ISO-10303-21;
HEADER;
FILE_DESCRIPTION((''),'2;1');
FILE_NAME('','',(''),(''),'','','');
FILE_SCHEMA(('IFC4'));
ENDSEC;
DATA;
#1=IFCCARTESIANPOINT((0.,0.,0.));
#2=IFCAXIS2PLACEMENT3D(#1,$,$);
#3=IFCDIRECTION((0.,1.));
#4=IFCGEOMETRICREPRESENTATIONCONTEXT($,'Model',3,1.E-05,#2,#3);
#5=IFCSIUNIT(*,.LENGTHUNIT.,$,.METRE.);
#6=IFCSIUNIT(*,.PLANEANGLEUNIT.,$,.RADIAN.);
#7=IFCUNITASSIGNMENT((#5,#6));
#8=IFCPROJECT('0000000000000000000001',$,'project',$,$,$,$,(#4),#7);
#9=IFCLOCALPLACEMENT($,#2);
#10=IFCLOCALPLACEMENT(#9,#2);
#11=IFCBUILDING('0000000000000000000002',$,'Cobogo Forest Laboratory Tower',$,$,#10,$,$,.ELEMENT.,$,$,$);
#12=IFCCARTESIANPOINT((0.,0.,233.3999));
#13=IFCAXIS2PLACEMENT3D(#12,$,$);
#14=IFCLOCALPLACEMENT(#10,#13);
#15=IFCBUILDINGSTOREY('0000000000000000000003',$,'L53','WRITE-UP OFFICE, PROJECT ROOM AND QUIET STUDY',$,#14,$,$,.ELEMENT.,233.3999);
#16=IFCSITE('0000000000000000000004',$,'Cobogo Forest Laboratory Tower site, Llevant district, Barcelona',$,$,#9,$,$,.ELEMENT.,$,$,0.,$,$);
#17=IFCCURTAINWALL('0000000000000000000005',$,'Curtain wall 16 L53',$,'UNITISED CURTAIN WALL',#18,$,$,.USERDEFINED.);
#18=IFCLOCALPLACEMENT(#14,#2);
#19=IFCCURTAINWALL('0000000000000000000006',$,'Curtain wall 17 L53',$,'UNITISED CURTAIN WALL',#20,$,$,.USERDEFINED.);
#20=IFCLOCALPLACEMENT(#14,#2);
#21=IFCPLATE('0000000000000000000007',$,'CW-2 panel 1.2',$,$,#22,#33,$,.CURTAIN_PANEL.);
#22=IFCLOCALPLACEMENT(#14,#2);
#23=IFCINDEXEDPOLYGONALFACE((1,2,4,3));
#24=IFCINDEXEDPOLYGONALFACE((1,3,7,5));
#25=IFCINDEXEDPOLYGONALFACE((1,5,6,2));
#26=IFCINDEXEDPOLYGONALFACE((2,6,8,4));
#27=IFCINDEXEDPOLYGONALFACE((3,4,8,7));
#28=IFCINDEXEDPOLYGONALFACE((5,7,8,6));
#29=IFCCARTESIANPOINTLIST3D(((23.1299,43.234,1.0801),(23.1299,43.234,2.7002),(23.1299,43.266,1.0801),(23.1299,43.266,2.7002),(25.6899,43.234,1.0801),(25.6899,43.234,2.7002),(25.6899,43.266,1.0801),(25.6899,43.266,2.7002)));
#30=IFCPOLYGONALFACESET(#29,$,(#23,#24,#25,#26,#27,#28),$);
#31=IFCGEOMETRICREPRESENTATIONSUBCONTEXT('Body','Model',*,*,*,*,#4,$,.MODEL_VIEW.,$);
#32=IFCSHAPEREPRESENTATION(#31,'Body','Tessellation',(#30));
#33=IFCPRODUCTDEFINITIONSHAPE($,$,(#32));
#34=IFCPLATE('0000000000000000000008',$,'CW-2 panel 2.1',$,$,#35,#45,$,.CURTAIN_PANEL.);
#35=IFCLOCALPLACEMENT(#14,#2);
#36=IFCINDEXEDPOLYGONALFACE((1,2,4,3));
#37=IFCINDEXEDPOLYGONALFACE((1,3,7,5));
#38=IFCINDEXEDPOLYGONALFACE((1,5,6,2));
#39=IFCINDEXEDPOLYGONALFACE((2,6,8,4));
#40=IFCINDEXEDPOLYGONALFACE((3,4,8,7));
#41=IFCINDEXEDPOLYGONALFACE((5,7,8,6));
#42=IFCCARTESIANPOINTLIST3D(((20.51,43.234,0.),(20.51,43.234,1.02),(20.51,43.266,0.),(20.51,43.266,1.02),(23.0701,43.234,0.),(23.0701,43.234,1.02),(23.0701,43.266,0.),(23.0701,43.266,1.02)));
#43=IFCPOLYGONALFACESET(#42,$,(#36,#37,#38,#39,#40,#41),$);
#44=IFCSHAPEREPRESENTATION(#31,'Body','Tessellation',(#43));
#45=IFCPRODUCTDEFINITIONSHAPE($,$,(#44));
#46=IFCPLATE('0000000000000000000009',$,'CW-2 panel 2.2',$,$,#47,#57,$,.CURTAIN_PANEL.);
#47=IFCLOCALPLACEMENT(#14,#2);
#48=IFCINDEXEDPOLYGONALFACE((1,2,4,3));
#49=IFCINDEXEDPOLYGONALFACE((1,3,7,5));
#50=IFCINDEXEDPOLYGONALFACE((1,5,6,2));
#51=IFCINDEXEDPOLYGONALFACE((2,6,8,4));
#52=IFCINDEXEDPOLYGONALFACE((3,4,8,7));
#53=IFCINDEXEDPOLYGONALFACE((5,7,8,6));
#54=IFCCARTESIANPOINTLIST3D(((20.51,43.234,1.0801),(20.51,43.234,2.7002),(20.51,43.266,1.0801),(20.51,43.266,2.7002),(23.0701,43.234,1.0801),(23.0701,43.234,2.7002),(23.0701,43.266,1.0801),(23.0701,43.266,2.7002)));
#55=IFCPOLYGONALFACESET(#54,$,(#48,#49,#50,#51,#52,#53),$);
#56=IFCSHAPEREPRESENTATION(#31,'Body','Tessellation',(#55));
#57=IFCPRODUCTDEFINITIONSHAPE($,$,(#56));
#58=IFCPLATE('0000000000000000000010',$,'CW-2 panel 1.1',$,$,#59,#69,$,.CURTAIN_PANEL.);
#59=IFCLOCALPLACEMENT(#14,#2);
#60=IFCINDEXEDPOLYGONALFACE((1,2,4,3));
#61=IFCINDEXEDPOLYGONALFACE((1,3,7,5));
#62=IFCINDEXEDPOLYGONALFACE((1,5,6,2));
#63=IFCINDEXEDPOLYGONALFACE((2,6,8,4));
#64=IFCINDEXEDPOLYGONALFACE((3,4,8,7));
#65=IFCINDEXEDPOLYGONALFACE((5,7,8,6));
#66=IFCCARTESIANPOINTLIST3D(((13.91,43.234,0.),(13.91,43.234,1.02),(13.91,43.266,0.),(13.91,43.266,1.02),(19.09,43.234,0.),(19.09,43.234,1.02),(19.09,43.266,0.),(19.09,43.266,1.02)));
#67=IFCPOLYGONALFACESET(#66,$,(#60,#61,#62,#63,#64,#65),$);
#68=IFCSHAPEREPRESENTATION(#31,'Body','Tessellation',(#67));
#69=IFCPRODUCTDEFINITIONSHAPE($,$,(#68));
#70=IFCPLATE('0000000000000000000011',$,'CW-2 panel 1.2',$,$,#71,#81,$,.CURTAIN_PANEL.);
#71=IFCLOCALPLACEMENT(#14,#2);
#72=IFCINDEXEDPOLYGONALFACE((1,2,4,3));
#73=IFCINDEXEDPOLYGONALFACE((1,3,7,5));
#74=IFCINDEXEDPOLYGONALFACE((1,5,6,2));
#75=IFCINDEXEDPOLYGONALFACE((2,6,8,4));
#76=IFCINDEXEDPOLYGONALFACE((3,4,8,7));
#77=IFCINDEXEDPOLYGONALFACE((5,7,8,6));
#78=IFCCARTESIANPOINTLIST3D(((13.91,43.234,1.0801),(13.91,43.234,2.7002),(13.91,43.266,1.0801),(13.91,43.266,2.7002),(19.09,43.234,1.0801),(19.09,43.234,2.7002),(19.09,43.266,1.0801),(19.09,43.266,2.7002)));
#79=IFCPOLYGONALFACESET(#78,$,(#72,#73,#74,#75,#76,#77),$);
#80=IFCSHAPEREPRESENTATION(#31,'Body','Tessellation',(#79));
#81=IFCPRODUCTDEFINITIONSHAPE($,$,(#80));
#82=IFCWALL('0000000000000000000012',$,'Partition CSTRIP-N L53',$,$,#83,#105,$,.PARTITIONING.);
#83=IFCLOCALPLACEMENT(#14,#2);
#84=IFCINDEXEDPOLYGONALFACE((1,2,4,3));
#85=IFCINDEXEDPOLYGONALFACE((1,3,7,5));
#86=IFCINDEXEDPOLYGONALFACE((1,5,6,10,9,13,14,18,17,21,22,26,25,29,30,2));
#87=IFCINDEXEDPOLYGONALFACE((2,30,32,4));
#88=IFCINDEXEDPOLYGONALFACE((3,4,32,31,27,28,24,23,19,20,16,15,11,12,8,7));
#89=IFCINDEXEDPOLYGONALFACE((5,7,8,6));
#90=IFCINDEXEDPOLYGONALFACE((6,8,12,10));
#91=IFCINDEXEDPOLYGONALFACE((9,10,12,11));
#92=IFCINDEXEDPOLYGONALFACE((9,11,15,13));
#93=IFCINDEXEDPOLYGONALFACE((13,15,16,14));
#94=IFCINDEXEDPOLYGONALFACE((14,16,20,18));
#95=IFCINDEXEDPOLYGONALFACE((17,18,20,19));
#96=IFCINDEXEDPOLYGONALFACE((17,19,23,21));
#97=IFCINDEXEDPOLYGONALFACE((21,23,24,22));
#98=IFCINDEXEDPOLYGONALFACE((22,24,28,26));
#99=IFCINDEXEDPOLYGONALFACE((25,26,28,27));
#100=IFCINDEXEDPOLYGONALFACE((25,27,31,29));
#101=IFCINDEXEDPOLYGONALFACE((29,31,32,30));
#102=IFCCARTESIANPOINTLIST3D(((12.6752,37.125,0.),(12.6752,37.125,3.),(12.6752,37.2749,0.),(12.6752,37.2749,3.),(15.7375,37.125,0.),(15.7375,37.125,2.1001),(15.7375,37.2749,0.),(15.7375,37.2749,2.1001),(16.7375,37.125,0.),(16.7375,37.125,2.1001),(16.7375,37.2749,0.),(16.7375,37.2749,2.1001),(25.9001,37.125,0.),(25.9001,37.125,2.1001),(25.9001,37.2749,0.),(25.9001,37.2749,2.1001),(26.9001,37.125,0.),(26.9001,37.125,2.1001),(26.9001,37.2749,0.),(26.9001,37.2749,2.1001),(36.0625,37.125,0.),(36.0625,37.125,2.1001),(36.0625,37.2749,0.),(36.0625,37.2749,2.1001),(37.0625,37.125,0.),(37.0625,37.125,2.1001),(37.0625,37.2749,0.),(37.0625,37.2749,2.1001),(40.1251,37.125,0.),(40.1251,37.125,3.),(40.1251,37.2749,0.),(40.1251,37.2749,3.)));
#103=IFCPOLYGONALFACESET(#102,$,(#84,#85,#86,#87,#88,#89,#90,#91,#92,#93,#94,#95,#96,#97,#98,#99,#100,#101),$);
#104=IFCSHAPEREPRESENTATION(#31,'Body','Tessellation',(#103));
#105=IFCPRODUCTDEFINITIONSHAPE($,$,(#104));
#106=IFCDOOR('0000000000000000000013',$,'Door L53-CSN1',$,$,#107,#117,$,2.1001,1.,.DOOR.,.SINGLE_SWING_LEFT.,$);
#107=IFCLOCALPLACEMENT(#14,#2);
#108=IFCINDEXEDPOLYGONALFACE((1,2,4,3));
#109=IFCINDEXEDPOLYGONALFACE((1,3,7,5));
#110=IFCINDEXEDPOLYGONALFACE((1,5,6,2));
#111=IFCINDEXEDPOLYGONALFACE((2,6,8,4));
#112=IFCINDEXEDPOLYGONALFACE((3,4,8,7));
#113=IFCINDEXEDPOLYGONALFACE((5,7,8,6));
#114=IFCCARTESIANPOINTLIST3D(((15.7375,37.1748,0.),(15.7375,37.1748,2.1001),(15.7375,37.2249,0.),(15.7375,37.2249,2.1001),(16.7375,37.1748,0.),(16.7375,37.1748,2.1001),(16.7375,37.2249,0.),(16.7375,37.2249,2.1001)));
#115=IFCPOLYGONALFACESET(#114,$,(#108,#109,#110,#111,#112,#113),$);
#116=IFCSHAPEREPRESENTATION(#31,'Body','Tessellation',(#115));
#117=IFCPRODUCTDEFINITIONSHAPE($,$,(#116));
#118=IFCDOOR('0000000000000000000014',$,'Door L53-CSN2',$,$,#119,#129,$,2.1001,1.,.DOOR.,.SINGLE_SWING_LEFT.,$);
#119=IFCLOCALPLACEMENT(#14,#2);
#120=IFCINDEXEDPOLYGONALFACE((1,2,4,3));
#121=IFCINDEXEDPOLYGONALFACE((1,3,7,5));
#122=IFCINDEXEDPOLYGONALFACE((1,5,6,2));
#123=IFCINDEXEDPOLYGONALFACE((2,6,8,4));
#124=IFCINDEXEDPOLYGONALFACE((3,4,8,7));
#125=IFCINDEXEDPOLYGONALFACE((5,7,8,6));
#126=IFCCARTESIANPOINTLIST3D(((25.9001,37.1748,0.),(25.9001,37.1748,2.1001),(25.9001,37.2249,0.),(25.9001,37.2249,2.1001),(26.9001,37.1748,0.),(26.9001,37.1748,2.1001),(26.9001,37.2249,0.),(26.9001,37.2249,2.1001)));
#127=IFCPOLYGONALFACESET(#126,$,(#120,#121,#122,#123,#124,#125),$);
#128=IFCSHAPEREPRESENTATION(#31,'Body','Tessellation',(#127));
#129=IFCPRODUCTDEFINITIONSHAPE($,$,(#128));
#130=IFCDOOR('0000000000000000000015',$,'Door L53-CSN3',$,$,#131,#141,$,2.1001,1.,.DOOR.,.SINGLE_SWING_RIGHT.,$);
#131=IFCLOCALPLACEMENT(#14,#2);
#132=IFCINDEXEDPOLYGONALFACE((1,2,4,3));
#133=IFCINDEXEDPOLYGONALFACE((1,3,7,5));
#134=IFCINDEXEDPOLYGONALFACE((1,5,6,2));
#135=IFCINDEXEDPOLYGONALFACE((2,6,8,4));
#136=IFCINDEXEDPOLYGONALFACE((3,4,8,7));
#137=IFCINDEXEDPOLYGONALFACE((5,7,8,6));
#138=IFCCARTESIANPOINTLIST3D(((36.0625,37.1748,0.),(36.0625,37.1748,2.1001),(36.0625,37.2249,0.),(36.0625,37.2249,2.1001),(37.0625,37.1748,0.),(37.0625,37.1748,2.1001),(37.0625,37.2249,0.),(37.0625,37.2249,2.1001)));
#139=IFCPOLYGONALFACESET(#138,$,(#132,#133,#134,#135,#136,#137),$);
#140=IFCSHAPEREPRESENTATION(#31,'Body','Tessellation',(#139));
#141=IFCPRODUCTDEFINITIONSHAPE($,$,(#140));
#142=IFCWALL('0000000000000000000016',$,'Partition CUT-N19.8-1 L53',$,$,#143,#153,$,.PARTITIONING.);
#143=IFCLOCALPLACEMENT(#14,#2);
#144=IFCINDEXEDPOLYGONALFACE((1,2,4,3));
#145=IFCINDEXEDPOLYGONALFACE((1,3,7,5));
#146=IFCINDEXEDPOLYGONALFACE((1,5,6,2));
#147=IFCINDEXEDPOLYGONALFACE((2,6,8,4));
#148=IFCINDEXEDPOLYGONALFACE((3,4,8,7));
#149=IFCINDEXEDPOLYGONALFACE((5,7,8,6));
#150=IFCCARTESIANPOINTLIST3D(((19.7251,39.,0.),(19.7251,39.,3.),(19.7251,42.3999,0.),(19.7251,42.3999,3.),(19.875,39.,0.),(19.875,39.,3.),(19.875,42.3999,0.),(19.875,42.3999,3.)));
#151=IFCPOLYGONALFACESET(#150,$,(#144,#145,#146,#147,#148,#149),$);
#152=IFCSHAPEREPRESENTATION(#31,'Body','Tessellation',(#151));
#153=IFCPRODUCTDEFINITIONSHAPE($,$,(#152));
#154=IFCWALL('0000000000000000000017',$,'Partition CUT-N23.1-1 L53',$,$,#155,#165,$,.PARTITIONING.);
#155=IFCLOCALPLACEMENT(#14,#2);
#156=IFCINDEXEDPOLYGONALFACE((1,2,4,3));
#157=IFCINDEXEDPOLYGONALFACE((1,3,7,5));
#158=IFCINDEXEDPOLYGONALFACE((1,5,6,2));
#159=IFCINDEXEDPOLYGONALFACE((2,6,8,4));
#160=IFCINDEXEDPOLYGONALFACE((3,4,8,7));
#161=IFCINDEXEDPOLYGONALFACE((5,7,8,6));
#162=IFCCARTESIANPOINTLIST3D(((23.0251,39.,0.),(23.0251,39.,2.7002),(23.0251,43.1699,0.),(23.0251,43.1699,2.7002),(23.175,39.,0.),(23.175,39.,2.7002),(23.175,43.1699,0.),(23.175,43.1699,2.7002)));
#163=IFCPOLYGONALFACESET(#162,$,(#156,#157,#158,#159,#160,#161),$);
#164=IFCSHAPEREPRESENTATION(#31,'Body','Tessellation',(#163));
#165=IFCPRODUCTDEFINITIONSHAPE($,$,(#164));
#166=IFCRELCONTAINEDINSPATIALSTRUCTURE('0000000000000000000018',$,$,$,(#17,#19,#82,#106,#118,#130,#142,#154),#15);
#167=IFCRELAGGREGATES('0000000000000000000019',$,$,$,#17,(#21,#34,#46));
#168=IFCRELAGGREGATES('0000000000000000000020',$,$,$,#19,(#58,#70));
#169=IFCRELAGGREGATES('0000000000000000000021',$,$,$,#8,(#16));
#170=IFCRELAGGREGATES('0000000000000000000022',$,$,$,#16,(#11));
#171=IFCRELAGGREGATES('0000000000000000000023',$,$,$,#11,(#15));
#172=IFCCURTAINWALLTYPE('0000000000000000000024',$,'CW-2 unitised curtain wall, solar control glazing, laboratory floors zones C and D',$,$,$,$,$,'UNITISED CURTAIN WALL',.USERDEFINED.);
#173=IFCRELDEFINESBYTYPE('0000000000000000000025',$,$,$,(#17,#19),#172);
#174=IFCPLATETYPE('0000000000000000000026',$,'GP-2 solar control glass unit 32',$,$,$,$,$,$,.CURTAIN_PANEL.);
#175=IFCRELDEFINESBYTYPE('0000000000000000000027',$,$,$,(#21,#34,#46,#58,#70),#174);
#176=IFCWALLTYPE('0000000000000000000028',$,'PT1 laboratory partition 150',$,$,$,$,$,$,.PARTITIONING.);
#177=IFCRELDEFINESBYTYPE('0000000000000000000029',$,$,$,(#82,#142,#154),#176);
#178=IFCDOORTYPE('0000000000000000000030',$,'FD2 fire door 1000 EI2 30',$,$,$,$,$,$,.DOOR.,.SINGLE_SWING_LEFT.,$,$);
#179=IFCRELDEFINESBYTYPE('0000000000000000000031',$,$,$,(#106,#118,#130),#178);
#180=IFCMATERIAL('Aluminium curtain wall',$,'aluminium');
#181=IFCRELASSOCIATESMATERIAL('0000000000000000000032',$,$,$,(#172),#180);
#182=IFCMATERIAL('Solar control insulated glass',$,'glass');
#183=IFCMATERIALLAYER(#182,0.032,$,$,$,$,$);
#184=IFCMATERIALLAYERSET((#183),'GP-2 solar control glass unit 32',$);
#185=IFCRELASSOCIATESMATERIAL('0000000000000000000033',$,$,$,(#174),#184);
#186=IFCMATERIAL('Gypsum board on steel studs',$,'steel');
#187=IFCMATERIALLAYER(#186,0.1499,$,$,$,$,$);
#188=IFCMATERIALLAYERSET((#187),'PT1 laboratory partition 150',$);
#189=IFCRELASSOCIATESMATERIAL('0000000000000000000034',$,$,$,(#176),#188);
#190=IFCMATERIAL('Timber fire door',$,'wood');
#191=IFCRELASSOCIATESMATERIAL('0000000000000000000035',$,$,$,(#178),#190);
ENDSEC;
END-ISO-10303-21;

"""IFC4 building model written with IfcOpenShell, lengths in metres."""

from ifc_helpers import new_model, si_unit, direction, frame, frame_2d, origin, origin_2d, place, context, subcontext, project, spatial, rectangle, extrude, material, layer, layer_set, type_object, element, fill, aggregate, save


model = new_model("IFC4")

# Units and contexts
model_context = context("Model", 3, precision=1e-05, world=origin(), true_north=direction((0.0, 1.0)))
body_context = subcontext(model_context, "Body", "Model", "MODEL_VIEW")
ifc_project = project(units=[si_unit("LENGTHUNIT", "METRE"), si_unit("PLANEANGLEUNIT", "RADIAN")], contexts=[model_context])

# Site, building, storey
site_placement = place(None, origin())
site = spatial("IfcSite", under=ifc_project, at=site_placement, Name="Cobogo Forest Laboratory Tower site, Llevant district, Barcelona", CompositionType="ELEMENT", RefElevation=0.0)
building_placement = place(site_placement, origin())
building = spatial("IfcBuilding", under=site, at=building_placement, Name="Cobogo Forest Laboratory Tower", CompositionType="ELEMENT")
storey_placement = place(building_placement, frame((0.0, 0.0, 233.3999)))
storey = spatial("IfcBuildingStorey", under=building, at=storey_placement, Name="L53", Description="WRITE-UP OFFICE, PROJECT ROOM AND QUIET STUDY", CompositionType="ELEMENT", Elevation=233.3999)

# Curtain walls
ifc_material_1 = material(Name="Aluminium curtain wall", Category="aluminium")
curtain_wall_type = type_object("IfcCurtainWallType", Name="CW-2 unitised curtain wall, solar control glazing, laboratory floors zones C and D", ElementType="UNITISED CURTAIN WALL", PredefinedType="USERDEFINED", material=ifc_material_1)
curtain_wall_1_placement = place(storey_placement, origin())
curtain_wall_1 = element("IfcCurtainWall", 1, at=curtain_wall_1_placement, inside=storey, type_object=curtain_wall_type, Name="Curtain wall 16 L53", ObjectType="UNITISED CURTAIN WALL", PredefinedType="USERDEFINED")
curtain_wall_2_placement = place(storey_placement, origin())
curtain_wall_2 = element("IfcCurtainWall", 2, at=curtain_wall_2_placement, inside=storey, type_object=curtain_wall_type, Name="Curtain wall 17 L53", ObjectType="UNITISED CURTAIN WALL", PredefinedType="USERDEFINED")

# Plates
ifc_material_2 = material(Name="Solar control insulated glass", Category="glass")
ifc_layer_1 = layer(ifc_material_2, 0.032)
ifc_layer_set_1 = layer_set([ifc_layer_1], Name="GP-2 solar control glass unit 32")
plate_type_1 = type_object("IfcPlateType", Name="GP-2 solar control glass unit 32", PredefinedType="CURTAIN_PANEL", material=ifc_layer_set_1)
plate_1_placement = place(storey_placement, frame((24.4099, 43.25, 1.0801), z_axis=(0.0, 0.0, 1.0), x_axis=(-1.0, 0.0, 0.0)))
plate_1 = element("IfcPlate", 3, at=plate_1_placement, type_object=plate_type_1, Name="CW-2 panel 1.2", PredefinedType="CURTAIN_PANEL", context=body_context, shape_type="SweptSolid", body=[
    extrude(rectangle(XDim=2.5601, YDim=0.032, at=origin_2d()), origin(), (0.0, 0.0, 1.0), 1.6201),
])
plate_2_placement = place(storey_placement, frame((21.79, 43.25, 0.0), z_axis=(0.0, 0.0, 1.0), x_axis=(-1.0, 0.0, 0.0)))
plate_2 = element("IfcPlate", 4, at=plate_2_placement, type_object=plate_type_1, Name="CW-2 panel 2.1", PredefinedType="CURTAIN_PANEL", context=body_context, shape_type="SweptSolid", body=[
    extrude(rectangle(XDim=2.5601, YDim=0.032, at=origin_2d()), origin(), (0.0, 0.0, 1.0), 1.02),
])
plate_3_placement = place(storey_placement, frame((21.79, 43.25, 1.0801), z_axis=(0.0, 0.0, 1.0), x_axis=(-1.0, 0.0, 0.0)))
plate_3 = element("IfcPlate", 5, at=plate_3_placement, type_object=plate_type_1, Name="CW-2 panel 2.2", PredefinedType="CURTAIN_PANEL", context=body_context, shape_type="SweptSolid", body=[
    extrude(rectangle(XDim=2.5601, YDim=0.032, at=origin_2d()), origin(), (0.0, 0.0, 1.0), 1.6201),
])
aggregate(curtain_wall_1, [plate_1, plate_2, plate_3])
plate_4_placement = place(storey_placement, frame((16.5, 43.25, 0.0), z_axis=(0.0, 0.0, 1.0), x_axis=(-1.0, 0.0, 0.0)))
plate_4 = element("IfcPlate", 6, at=plate_4_placement, type_object=plate_type_1, Name="CW-2 panel 1.1", PredefinedType="CURTAIN_PANEL", context=body_context, shape_type="SweptSolid", body=[
    extrude(rectangle(XDim=5.1799, YDim=0.032, at=origin_2d()), origin(), (0.0, 0.0, 1.0), 1.02),
])
plate_5_placement = place(storey_placement, frame((16.5, 43.25, 1.0801), z_axis=(0.0, 0.0, 1.0), x_axis=(-1.0, 0.0, 0.0)))
plate_5 = element("IfcPlate", 7, at=plate_5_placement, type_object=plate_type_1, Name="CW-2 panel 1.2", PredefinedType="CURTAIN_PANEL", context=body_context, shape_type="SweptSolid", body=[
    extrude(rectangle(XDim=5.1799, YDim=0.032, at=origin_2d()), origin(), (0.0, 0.0, 1.0), 1.6201),
])
aggregate(curtain_wall_2, [plate_4, plate_5])

# Wall, openings, doors
ifc_material_3 = material(Name="Gypsum board on steel studs", Category="steel")
ifc_layer_2 = layer(ifc_material_3, 0.1499)
ifc_layer_set_2 = layer_set([ifc_layer_2], Name="PT1 laboratory partition 150")
wall_type_1 = type_object("IfcWallType", Name="PT1 laboratory partition 150", PredefinedType="PARTITIONING", material=ifc_layer_set_2)
wall_1_placement = place(storey_placement, frame((12.675, 37.2, 0.0), z_axis=(0.0, 0.0, 1.0), x_axis=(1.0, 0.0, 0.0)))
wall_1 = element("IfcWall", 8, at=wall_1_placement, inside=storey, type_object=wall_type_1, Name="Partition CSTRIP-N L53", PredefinedType="PARTITIONING", context=body_context, shape_type="SweptSolid", body=[
    extrude(rectangle(XDim=27.45, YDim=0.1499, at=frame_2d((13.7251, 0.0))), origin(), (0.0, 0.0, 1.0), 3.0),
])
opening_1_placement = place(wall_1_placement, frame((3.0625, 0.0, 0.0)))
opening_1 = element("IfcOpeningElement", 9, at=opening_1_placement, cuts=wall_1, PredefinedType="OPENING", context=body_context, shape_type="SweptSolid", body=[
    extrude(rectangle(XDim=1.0, YDim=2.1001, at=frame_2d((0.5, 1.05))), frame((0.0, 0.085, 0.0), z_axis=(0.0, -1.0, 0.0), x_axis=(1.0, 0.0, 0.0)), (0.0, 0.0, 1.0), 0.1699),
])
opening_2_placement = place(wall_1_placement, frame((13.2251, 0.0, 0.0)))
opening_2 = element("IfcOpeningElement", 10, at=opening_2_placement, cuts=wall_1, PredefinedType="OPENING", context=body_context, shape_type="SweptSolid", body=[
    extrude(rectangle(XDim=1.0, YDim=2.1001, at=frame_2d((0.5, 1.05))), frame((0.0, 0.085, 0.0), z_axis=(0.0, -1.0, 0.0), x_axis=(1.0, 0.0, 0.0)), (0.0, 0.0, 1.0), 0.1699),
])
opening_3_placement = place(wall_1_placement, frame((23.3875, 0.0, 0.0)))
opening_3 = element("IfcOpeningElement", 11, at=opening_3_placement, cuts=wall_1, PredefinedType="OPENING", context=body_context, shape_type="SweptSolid", body=[
    extrude(rectangle(XDim=1.0, YDim=2.1001, at=frame_2d((0.5, 1.05))), frame((0.0, 0.085, 0.0), z_axis=(0.0, -1.0, 0.0), x_axis=(1.0, 0.0, 0.0)), (0.0, 0.0, 1.0), 0.1699),
])
ifc_material_4 = material(Name="Timber fire door", Category="wood")
door_type = type_object("IfcDoorType", Name="FD2 fire door 1000 EI2 30", OperationType="SINGLE_SWING_LEFT", PredefinedType="DOOR", material=ifc_material_4)
door_1_placement = place(opening_1_placement, origin())
door_1 = element("IfcDoor", 12, at=door_1_placement, inside=storey, type_object=door_type, Name="Door L53-CSN1", OperationType="SINGLE_SWING_LEFT", OverallHeight=2.1001, OverallWidth=1.0, PredefinedType="DOOR", context=body_context, shape_type="SweptSolid", body=[
    extrude(rectangle(XDim=1.0, YDim=2.1001, at=frame_2d((0.5, 1.05))), frame((0.0, 0.0249, 0.0), z_axis=(0.0, -1.0, 0.0), x_axis=(1.0, 0.0, 0.0)), (0.0, 0.0, 1.0), 0.05),
])
fill(opening_1, door_1)
door_2_placement = place(opening_2_placement, origin())
door_2 = element("IfcDoor", 13, at=door_2_placement, inside=storey, type_object=door_type, Name="Door L53-CSN2", OperationType="SINGLE_SWING_LEFT", OverallHeight=2.1001, OverallWidth=1.0, PredefinedType="DOOR", context=body_context, shape_type="SweptSolid", body=[
    extrude(rectangle(XDim=1.0, YDim=2.1001, at=frame_2d((0.5, 1.05))), frame((0.0, 0.0249, 0.0), z_axis=(0.0, -1.0, 0.0), x_axis=(1.0, 0.0, 0.0)), (0.0, 0.0, 1.0), 0.05),
])
fill(opening_2, door_2)
door_3_placement = place(opening_3_placement, origin())
door_3 = element("IfcDoor", 14, at=door_3_placement, inside=storey, type_object=door_type, Name="Door L53-CSN3", OperationType="SINGLE_SWING_RIGHT", OverallHeight=2.1001, OverallWidth=1.0, PredefinedType="DOOR", context=body_context, shape_type="SweptSolid", body=[
    extrude(rectangle(XDim=1.0, YDim=2.1001, at=frame_2d((0.5, 1.05))), frame((0.0, 0.0249, 0.0), z_axis=(0.0, -1.0, 0.0), x_axis=(1.0, 0.0, 0.0)), (0.0, 0.0, 1.0), 0.05),
])
fill(opening_3, door_3)

# Walls
wall_2_placement = place(storey_placement, frame((19.8, 42.3999, 0.0), z_axis=(0.0, 0.0, 1.0), x_axis=(0.0, -1.0, 0.0)))
element("IfcWall", 15, at=wall_2_placement, inside=storey, type_object=wall_type_1, Name="Partition CUT-N19.8-1 L53", PredefinedType="PARTITIONING", context=body_context, shape_type="SweptSolid", body=[
    extrude(rectangle(XDim=3.3999, YDim=0.1499, at=frame_2d((1.7, 0.0))), origin(), (0.0, 0.0, 1.0), 3.0),
])
wall_3_placement = place(storey_placement, frame((23.1001, 43.1699, 0.0), z_axis=(0.0, 0.0, 1.0), x_axis=(0.0, -1.0, 0.0)))
element("IfcWall", 16, at=wall_3_placement, inside=storey, type_object=wall_type_1, Name="Partition CUT-N23.1-1 L53", PredefinedType="PARTITIONING", context=body_context, shape_type="SweptSolid", body=[
    extrude(rectangle(XDim=4.1699, YDim=0.1499, at=frame_2d((2.085, 0.0))), origin(), (0.0, 0.0, 1.0), 2.7002),
])

save(model, "model.ifc")
